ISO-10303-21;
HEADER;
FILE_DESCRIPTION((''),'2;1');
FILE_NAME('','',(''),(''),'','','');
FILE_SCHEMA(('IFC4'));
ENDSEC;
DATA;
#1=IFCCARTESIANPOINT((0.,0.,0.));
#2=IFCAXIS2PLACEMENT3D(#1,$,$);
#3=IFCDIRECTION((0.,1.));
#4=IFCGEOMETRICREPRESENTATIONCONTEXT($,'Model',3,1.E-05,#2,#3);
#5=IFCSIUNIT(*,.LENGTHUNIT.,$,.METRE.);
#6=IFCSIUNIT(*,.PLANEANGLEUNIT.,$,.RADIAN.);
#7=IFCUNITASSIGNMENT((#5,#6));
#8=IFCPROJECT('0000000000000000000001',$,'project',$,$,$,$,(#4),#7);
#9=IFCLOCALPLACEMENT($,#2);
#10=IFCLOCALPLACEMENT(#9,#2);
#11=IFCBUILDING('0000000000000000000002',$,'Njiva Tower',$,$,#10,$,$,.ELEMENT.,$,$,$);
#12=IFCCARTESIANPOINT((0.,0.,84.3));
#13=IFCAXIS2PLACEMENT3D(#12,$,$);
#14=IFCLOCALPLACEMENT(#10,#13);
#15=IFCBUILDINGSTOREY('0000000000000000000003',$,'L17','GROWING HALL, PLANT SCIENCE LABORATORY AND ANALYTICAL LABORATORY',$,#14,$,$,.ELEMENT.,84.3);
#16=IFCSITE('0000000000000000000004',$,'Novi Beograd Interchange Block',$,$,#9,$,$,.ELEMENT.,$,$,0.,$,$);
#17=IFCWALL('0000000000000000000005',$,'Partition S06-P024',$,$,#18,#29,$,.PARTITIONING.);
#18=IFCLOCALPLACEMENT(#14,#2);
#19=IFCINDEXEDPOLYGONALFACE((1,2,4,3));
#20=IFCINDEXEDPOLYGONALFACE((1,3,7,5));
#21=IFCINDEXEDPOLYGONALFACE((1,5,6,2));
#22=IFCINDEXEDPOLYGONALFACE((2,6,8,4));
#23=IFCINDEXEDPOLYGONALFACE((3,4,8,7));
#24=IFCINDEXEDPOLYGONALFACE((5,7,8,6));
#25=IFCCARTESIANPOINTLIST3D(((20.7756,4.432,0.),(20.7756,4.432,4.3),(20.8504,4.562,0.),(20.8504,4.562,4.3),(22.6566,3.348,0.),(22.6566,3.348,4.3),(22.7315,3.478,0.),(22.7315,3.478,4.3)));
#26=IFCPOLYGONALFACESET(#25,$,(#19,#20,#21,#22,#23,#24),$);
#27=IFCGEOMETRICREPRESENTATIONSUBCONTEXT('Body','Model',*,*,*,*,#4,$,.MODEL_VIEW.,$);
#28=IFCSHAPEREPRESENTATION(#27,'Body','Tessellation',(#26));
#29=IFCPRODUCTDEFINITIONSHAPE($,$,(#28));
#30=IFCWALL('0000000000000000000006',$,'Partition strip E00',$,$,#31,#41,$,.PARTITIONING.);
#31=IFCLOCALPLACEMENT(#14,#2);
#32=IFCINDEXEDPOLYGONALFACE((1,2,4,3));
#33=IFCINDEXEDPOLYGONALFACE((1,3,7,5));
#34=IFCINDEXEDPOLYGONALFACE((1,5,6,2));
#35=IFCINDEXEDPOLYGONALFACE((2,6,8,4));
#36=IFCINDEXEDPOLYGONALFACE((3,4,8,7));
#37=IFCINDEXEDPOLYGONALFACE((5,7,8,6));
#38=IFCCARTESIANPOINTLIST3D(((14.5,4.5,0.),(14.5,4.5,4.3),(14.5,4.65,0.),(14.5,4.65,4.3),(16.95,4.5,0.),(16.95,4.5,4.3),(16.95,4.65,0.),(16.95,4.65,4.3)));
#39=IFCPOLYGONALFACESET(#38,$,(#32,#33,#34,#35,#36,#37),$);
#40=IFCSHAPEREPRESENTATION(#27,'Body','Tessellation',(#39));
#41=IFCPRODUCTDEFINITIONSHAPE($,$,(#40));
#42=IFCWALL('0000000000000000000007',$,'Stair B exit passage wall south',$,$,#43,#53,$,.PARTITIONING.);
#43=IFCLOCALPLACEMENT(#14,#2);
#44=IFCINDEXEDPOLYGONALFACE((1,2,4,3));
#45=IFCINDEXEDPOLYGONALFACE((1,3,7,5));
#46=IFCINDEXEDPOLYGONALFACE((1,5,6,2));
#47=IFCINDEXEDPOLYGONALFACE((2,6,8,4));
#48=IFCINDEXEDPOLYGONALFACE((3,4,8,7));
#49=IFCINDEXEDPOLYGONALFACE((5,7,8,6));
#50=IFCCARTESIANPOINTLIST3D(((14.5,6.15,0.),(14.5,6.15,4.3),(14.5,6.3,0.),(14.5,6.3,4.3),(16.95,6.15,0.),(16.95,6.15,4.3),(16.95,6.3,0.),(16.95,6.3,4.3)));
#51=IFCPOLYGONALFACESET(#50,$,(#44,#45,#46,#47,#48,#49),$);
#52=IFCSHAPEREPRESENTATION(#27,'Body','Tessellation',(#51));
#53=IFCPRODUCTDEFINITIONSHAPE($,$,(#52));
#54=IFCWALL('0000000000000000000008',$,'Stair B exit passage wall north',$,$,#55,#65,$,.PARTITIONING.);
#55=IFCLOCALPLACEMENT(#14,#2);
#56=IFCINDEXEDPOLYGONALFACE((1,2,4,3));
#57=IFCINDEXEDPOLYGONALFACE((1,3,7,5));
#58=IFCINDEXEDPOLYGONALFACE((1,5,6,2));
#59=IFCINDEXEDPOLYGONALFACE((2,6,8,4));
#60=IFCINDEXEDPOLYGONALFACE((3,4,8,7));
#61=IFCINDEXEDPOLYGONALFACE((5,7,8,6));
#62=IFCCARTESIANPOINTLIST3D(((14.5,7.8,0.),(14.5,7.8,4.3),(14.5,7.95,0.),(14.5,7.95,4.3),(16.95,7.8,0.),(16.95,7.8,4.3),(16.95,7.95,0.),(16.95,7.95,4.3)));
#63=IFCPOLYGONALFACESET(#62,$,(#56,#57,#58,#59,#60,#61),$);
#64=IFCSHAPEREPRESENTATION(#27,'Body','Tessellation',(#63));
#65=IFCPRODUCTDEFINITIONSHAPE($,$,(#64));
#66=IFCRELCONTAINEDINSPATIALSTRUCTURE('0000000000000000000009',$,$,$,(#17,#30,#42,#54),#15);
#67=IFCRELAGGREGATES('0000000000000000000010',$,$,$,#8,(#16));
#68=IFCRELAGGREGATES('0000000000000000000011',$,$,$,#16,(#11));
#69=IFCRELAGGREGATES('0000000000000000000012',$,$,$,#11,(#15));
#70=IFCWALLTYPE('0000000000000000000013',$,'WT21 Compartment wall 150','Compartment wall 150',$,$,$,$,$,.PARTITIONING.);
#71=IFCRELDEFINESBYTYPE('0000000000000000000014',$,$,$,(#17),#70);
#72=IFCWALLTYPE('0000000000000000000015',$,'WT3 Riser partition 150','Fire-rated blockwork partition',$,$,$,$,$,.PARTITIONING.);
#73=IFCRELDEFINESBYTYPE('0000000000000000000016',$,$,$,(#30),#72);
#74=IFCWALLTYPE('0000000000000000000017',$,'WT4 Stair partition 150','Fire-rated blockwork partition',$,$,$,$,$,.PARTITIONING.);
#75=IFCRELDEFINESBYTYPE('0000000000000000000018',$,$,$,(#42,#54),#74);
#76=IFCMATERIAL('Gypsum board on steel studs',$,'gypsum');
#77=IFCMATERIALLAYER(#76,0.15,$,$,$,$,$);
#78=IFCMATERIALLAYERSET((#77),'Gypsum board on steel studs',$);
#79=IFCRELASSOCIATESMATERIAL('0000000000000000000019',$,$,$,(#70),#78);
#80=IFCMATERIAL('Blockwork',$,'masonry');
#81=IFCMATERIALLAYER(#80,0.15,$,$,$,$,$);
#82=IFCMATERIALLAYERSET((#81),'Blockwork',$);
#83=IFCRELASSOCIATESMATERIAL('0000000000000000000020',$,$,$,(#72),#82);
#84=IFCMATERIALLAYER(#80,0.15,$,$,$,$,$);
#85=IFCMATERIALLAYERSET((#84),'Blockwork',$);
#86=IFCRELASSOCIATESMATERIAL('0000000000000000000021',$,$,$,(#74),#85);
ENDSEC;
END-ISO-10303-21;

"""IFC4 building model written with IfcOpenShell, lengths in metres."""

from ifc_helpers import new_model, si_unit, direction, frame, frame_2d, origin, place, context, subcontext, project, spatial, rectangle, extrude, material, layer, layer_set, type_object, element, save


model = new_model("IFC4")

# Units and contexts
model_context = context("Model", 3, precision=1e-05, world=origin(), true_north=direction((0.0, 1.0)))
body_context = subcontext(model_context, "Body", "Model", "MODEL_VIEW")
ifc_project = project(units=[si_unit("LENGTHUNIT", "METRE"), si_unit("PLANEANGLEUNIT", "RADIAN")], contexts=[model_context])

# Site, building, storey
site_placement = place(None, origin())
site = spatial("IfcSite", under=ifc_project, at=site_placement, Name="Novi Beograd Interchange Block", CompositionType="ELEMENT", RefElevation=0.0)
building_placement = place(site_placement, origin())
building = spatial("IfcBuilding", under=site, at=building_placement, Name="Njiva Tower", CompositionType="ELEMENT")
storey_placement = place(building_placement, frame((0.0, 0.0, 84.3)))
storey = spatial("IfcBuildingStorey", under=building, at=storey_placement, Name="L17", Description="GROWING HALL, PLANT SCIENCE LABORATORY AND ANALYTICAL LABORATORY", CompositionType="ELEMENT", Elevation=84.3)

# Walls
ifc_material_1 = material(Name="Gypsum board on steel studs", Category="gypsum")
ifc_layer_1 = layer(ifc_material_1, 0.15)
ifc_layer_set_1 = layer_set([ifc_layer_1], Name="Gypsum board on steel studs")
wall_type_1 = type_object("IfcWallType", Name="WT21 Compartment wall 150", Description="Compartment wall 150", PredefinedType="PARTITIONING", material=ifc_layer_set_1)
wall_1_placement = place(storey_placement, frame((20.813, 4.497, 0.0), z_axis=(0.0, 0.0, 1.0), x_axis=(0.866423, -0.49931, 0.0)))
element("IfcWall", 1, at=wall_1_placement, inside=storey, type_object=wall_type_1, Name="Partition S06-P024", PredefinedType="PARTITIONING", context=body_context, shape_type="SweptSolid", body=[
    extrude(rectangle(XDim=2.171, YDim=0.15, at=frame_2d((1.0855, 0.0))), origin(), (0.0, 0.0, 1.0), 4.3),
])
ifc_material_2 = material(Name="Blockwork", Category="masonry")
ifc_layer_2 = layer(ifc_material_2, 0.15)
ifc_layer_set_2 = layer_set([ifc_layer_2], Name="Blockwork")
wall_type_2 = type_object("IfcWallType", Name="WT3 Riser partition 150", Description="Fire-rated blockwork partition", PredefinedType="PARTITIONING", material=ifc_layer_set_2)
wall_2_placement = place(storey_placement, frame((14.5, 4.575, 0.0), z_axis=(0.0, 0.0, 1.0), x_axis=(1.0, 0.0, 0.0)))
element("IfcWall", 2, at=wall_2_placement, inside=storey, type_object=wall_type_2, Name="Partition strip E00", PredefinedType="PARTITIONING", context=body_context, shape_type="SweptSolid", body=[
    extrude(rectangle(XDim=2.45, YDim=0.15, at=frame_2d((1.225, 0.0))), origin(), (0.0, 0.0, 1.0), 4.3),
])
ifc_layer_3 = layer(ifc_material_2, 0.15)
ifc_layer_set_3 = layer_set([ifc_layer_3], Name="Blockwork")
wall_type_3 = type_object("IfcWallType", Name="WT4 Stair partition 150", Description="Fire-rated blockwork partition", PredefinedType="PARTITIONING", material=ifc_layer_set_3)
for number, where, z_axis, x_axis, name in (
    (3, (14.5, 6.225, 0.0), (0.0, 0.0, 1.0), (1.0, 0.0, 0.0), "Stair B exit passage wall south"),
    (4, (14.5, 7.875, 0.0), (0.0, 0.0, 1.0), (1.0, 0.0, 0.0), "Stair B exit passage wall north"),
):
    element("IfcWall", number, at=place(storey_placement, frame(where, z_axis=z_axis, x_axis=x_axis)), inside=storey, type_object=wall_type_3, Name=name, PredefinedType="PARTITIONING", context=body_context, shape_type="SweptSolid", body=[
        extrude(rectangle(XDim=2.45, YDim=0.15, at=frame_2d((1.225, 0.0))), origin(), (0.0, 0.0, 1.0), 4.3),
    ])

save(model, "model.ifc")
